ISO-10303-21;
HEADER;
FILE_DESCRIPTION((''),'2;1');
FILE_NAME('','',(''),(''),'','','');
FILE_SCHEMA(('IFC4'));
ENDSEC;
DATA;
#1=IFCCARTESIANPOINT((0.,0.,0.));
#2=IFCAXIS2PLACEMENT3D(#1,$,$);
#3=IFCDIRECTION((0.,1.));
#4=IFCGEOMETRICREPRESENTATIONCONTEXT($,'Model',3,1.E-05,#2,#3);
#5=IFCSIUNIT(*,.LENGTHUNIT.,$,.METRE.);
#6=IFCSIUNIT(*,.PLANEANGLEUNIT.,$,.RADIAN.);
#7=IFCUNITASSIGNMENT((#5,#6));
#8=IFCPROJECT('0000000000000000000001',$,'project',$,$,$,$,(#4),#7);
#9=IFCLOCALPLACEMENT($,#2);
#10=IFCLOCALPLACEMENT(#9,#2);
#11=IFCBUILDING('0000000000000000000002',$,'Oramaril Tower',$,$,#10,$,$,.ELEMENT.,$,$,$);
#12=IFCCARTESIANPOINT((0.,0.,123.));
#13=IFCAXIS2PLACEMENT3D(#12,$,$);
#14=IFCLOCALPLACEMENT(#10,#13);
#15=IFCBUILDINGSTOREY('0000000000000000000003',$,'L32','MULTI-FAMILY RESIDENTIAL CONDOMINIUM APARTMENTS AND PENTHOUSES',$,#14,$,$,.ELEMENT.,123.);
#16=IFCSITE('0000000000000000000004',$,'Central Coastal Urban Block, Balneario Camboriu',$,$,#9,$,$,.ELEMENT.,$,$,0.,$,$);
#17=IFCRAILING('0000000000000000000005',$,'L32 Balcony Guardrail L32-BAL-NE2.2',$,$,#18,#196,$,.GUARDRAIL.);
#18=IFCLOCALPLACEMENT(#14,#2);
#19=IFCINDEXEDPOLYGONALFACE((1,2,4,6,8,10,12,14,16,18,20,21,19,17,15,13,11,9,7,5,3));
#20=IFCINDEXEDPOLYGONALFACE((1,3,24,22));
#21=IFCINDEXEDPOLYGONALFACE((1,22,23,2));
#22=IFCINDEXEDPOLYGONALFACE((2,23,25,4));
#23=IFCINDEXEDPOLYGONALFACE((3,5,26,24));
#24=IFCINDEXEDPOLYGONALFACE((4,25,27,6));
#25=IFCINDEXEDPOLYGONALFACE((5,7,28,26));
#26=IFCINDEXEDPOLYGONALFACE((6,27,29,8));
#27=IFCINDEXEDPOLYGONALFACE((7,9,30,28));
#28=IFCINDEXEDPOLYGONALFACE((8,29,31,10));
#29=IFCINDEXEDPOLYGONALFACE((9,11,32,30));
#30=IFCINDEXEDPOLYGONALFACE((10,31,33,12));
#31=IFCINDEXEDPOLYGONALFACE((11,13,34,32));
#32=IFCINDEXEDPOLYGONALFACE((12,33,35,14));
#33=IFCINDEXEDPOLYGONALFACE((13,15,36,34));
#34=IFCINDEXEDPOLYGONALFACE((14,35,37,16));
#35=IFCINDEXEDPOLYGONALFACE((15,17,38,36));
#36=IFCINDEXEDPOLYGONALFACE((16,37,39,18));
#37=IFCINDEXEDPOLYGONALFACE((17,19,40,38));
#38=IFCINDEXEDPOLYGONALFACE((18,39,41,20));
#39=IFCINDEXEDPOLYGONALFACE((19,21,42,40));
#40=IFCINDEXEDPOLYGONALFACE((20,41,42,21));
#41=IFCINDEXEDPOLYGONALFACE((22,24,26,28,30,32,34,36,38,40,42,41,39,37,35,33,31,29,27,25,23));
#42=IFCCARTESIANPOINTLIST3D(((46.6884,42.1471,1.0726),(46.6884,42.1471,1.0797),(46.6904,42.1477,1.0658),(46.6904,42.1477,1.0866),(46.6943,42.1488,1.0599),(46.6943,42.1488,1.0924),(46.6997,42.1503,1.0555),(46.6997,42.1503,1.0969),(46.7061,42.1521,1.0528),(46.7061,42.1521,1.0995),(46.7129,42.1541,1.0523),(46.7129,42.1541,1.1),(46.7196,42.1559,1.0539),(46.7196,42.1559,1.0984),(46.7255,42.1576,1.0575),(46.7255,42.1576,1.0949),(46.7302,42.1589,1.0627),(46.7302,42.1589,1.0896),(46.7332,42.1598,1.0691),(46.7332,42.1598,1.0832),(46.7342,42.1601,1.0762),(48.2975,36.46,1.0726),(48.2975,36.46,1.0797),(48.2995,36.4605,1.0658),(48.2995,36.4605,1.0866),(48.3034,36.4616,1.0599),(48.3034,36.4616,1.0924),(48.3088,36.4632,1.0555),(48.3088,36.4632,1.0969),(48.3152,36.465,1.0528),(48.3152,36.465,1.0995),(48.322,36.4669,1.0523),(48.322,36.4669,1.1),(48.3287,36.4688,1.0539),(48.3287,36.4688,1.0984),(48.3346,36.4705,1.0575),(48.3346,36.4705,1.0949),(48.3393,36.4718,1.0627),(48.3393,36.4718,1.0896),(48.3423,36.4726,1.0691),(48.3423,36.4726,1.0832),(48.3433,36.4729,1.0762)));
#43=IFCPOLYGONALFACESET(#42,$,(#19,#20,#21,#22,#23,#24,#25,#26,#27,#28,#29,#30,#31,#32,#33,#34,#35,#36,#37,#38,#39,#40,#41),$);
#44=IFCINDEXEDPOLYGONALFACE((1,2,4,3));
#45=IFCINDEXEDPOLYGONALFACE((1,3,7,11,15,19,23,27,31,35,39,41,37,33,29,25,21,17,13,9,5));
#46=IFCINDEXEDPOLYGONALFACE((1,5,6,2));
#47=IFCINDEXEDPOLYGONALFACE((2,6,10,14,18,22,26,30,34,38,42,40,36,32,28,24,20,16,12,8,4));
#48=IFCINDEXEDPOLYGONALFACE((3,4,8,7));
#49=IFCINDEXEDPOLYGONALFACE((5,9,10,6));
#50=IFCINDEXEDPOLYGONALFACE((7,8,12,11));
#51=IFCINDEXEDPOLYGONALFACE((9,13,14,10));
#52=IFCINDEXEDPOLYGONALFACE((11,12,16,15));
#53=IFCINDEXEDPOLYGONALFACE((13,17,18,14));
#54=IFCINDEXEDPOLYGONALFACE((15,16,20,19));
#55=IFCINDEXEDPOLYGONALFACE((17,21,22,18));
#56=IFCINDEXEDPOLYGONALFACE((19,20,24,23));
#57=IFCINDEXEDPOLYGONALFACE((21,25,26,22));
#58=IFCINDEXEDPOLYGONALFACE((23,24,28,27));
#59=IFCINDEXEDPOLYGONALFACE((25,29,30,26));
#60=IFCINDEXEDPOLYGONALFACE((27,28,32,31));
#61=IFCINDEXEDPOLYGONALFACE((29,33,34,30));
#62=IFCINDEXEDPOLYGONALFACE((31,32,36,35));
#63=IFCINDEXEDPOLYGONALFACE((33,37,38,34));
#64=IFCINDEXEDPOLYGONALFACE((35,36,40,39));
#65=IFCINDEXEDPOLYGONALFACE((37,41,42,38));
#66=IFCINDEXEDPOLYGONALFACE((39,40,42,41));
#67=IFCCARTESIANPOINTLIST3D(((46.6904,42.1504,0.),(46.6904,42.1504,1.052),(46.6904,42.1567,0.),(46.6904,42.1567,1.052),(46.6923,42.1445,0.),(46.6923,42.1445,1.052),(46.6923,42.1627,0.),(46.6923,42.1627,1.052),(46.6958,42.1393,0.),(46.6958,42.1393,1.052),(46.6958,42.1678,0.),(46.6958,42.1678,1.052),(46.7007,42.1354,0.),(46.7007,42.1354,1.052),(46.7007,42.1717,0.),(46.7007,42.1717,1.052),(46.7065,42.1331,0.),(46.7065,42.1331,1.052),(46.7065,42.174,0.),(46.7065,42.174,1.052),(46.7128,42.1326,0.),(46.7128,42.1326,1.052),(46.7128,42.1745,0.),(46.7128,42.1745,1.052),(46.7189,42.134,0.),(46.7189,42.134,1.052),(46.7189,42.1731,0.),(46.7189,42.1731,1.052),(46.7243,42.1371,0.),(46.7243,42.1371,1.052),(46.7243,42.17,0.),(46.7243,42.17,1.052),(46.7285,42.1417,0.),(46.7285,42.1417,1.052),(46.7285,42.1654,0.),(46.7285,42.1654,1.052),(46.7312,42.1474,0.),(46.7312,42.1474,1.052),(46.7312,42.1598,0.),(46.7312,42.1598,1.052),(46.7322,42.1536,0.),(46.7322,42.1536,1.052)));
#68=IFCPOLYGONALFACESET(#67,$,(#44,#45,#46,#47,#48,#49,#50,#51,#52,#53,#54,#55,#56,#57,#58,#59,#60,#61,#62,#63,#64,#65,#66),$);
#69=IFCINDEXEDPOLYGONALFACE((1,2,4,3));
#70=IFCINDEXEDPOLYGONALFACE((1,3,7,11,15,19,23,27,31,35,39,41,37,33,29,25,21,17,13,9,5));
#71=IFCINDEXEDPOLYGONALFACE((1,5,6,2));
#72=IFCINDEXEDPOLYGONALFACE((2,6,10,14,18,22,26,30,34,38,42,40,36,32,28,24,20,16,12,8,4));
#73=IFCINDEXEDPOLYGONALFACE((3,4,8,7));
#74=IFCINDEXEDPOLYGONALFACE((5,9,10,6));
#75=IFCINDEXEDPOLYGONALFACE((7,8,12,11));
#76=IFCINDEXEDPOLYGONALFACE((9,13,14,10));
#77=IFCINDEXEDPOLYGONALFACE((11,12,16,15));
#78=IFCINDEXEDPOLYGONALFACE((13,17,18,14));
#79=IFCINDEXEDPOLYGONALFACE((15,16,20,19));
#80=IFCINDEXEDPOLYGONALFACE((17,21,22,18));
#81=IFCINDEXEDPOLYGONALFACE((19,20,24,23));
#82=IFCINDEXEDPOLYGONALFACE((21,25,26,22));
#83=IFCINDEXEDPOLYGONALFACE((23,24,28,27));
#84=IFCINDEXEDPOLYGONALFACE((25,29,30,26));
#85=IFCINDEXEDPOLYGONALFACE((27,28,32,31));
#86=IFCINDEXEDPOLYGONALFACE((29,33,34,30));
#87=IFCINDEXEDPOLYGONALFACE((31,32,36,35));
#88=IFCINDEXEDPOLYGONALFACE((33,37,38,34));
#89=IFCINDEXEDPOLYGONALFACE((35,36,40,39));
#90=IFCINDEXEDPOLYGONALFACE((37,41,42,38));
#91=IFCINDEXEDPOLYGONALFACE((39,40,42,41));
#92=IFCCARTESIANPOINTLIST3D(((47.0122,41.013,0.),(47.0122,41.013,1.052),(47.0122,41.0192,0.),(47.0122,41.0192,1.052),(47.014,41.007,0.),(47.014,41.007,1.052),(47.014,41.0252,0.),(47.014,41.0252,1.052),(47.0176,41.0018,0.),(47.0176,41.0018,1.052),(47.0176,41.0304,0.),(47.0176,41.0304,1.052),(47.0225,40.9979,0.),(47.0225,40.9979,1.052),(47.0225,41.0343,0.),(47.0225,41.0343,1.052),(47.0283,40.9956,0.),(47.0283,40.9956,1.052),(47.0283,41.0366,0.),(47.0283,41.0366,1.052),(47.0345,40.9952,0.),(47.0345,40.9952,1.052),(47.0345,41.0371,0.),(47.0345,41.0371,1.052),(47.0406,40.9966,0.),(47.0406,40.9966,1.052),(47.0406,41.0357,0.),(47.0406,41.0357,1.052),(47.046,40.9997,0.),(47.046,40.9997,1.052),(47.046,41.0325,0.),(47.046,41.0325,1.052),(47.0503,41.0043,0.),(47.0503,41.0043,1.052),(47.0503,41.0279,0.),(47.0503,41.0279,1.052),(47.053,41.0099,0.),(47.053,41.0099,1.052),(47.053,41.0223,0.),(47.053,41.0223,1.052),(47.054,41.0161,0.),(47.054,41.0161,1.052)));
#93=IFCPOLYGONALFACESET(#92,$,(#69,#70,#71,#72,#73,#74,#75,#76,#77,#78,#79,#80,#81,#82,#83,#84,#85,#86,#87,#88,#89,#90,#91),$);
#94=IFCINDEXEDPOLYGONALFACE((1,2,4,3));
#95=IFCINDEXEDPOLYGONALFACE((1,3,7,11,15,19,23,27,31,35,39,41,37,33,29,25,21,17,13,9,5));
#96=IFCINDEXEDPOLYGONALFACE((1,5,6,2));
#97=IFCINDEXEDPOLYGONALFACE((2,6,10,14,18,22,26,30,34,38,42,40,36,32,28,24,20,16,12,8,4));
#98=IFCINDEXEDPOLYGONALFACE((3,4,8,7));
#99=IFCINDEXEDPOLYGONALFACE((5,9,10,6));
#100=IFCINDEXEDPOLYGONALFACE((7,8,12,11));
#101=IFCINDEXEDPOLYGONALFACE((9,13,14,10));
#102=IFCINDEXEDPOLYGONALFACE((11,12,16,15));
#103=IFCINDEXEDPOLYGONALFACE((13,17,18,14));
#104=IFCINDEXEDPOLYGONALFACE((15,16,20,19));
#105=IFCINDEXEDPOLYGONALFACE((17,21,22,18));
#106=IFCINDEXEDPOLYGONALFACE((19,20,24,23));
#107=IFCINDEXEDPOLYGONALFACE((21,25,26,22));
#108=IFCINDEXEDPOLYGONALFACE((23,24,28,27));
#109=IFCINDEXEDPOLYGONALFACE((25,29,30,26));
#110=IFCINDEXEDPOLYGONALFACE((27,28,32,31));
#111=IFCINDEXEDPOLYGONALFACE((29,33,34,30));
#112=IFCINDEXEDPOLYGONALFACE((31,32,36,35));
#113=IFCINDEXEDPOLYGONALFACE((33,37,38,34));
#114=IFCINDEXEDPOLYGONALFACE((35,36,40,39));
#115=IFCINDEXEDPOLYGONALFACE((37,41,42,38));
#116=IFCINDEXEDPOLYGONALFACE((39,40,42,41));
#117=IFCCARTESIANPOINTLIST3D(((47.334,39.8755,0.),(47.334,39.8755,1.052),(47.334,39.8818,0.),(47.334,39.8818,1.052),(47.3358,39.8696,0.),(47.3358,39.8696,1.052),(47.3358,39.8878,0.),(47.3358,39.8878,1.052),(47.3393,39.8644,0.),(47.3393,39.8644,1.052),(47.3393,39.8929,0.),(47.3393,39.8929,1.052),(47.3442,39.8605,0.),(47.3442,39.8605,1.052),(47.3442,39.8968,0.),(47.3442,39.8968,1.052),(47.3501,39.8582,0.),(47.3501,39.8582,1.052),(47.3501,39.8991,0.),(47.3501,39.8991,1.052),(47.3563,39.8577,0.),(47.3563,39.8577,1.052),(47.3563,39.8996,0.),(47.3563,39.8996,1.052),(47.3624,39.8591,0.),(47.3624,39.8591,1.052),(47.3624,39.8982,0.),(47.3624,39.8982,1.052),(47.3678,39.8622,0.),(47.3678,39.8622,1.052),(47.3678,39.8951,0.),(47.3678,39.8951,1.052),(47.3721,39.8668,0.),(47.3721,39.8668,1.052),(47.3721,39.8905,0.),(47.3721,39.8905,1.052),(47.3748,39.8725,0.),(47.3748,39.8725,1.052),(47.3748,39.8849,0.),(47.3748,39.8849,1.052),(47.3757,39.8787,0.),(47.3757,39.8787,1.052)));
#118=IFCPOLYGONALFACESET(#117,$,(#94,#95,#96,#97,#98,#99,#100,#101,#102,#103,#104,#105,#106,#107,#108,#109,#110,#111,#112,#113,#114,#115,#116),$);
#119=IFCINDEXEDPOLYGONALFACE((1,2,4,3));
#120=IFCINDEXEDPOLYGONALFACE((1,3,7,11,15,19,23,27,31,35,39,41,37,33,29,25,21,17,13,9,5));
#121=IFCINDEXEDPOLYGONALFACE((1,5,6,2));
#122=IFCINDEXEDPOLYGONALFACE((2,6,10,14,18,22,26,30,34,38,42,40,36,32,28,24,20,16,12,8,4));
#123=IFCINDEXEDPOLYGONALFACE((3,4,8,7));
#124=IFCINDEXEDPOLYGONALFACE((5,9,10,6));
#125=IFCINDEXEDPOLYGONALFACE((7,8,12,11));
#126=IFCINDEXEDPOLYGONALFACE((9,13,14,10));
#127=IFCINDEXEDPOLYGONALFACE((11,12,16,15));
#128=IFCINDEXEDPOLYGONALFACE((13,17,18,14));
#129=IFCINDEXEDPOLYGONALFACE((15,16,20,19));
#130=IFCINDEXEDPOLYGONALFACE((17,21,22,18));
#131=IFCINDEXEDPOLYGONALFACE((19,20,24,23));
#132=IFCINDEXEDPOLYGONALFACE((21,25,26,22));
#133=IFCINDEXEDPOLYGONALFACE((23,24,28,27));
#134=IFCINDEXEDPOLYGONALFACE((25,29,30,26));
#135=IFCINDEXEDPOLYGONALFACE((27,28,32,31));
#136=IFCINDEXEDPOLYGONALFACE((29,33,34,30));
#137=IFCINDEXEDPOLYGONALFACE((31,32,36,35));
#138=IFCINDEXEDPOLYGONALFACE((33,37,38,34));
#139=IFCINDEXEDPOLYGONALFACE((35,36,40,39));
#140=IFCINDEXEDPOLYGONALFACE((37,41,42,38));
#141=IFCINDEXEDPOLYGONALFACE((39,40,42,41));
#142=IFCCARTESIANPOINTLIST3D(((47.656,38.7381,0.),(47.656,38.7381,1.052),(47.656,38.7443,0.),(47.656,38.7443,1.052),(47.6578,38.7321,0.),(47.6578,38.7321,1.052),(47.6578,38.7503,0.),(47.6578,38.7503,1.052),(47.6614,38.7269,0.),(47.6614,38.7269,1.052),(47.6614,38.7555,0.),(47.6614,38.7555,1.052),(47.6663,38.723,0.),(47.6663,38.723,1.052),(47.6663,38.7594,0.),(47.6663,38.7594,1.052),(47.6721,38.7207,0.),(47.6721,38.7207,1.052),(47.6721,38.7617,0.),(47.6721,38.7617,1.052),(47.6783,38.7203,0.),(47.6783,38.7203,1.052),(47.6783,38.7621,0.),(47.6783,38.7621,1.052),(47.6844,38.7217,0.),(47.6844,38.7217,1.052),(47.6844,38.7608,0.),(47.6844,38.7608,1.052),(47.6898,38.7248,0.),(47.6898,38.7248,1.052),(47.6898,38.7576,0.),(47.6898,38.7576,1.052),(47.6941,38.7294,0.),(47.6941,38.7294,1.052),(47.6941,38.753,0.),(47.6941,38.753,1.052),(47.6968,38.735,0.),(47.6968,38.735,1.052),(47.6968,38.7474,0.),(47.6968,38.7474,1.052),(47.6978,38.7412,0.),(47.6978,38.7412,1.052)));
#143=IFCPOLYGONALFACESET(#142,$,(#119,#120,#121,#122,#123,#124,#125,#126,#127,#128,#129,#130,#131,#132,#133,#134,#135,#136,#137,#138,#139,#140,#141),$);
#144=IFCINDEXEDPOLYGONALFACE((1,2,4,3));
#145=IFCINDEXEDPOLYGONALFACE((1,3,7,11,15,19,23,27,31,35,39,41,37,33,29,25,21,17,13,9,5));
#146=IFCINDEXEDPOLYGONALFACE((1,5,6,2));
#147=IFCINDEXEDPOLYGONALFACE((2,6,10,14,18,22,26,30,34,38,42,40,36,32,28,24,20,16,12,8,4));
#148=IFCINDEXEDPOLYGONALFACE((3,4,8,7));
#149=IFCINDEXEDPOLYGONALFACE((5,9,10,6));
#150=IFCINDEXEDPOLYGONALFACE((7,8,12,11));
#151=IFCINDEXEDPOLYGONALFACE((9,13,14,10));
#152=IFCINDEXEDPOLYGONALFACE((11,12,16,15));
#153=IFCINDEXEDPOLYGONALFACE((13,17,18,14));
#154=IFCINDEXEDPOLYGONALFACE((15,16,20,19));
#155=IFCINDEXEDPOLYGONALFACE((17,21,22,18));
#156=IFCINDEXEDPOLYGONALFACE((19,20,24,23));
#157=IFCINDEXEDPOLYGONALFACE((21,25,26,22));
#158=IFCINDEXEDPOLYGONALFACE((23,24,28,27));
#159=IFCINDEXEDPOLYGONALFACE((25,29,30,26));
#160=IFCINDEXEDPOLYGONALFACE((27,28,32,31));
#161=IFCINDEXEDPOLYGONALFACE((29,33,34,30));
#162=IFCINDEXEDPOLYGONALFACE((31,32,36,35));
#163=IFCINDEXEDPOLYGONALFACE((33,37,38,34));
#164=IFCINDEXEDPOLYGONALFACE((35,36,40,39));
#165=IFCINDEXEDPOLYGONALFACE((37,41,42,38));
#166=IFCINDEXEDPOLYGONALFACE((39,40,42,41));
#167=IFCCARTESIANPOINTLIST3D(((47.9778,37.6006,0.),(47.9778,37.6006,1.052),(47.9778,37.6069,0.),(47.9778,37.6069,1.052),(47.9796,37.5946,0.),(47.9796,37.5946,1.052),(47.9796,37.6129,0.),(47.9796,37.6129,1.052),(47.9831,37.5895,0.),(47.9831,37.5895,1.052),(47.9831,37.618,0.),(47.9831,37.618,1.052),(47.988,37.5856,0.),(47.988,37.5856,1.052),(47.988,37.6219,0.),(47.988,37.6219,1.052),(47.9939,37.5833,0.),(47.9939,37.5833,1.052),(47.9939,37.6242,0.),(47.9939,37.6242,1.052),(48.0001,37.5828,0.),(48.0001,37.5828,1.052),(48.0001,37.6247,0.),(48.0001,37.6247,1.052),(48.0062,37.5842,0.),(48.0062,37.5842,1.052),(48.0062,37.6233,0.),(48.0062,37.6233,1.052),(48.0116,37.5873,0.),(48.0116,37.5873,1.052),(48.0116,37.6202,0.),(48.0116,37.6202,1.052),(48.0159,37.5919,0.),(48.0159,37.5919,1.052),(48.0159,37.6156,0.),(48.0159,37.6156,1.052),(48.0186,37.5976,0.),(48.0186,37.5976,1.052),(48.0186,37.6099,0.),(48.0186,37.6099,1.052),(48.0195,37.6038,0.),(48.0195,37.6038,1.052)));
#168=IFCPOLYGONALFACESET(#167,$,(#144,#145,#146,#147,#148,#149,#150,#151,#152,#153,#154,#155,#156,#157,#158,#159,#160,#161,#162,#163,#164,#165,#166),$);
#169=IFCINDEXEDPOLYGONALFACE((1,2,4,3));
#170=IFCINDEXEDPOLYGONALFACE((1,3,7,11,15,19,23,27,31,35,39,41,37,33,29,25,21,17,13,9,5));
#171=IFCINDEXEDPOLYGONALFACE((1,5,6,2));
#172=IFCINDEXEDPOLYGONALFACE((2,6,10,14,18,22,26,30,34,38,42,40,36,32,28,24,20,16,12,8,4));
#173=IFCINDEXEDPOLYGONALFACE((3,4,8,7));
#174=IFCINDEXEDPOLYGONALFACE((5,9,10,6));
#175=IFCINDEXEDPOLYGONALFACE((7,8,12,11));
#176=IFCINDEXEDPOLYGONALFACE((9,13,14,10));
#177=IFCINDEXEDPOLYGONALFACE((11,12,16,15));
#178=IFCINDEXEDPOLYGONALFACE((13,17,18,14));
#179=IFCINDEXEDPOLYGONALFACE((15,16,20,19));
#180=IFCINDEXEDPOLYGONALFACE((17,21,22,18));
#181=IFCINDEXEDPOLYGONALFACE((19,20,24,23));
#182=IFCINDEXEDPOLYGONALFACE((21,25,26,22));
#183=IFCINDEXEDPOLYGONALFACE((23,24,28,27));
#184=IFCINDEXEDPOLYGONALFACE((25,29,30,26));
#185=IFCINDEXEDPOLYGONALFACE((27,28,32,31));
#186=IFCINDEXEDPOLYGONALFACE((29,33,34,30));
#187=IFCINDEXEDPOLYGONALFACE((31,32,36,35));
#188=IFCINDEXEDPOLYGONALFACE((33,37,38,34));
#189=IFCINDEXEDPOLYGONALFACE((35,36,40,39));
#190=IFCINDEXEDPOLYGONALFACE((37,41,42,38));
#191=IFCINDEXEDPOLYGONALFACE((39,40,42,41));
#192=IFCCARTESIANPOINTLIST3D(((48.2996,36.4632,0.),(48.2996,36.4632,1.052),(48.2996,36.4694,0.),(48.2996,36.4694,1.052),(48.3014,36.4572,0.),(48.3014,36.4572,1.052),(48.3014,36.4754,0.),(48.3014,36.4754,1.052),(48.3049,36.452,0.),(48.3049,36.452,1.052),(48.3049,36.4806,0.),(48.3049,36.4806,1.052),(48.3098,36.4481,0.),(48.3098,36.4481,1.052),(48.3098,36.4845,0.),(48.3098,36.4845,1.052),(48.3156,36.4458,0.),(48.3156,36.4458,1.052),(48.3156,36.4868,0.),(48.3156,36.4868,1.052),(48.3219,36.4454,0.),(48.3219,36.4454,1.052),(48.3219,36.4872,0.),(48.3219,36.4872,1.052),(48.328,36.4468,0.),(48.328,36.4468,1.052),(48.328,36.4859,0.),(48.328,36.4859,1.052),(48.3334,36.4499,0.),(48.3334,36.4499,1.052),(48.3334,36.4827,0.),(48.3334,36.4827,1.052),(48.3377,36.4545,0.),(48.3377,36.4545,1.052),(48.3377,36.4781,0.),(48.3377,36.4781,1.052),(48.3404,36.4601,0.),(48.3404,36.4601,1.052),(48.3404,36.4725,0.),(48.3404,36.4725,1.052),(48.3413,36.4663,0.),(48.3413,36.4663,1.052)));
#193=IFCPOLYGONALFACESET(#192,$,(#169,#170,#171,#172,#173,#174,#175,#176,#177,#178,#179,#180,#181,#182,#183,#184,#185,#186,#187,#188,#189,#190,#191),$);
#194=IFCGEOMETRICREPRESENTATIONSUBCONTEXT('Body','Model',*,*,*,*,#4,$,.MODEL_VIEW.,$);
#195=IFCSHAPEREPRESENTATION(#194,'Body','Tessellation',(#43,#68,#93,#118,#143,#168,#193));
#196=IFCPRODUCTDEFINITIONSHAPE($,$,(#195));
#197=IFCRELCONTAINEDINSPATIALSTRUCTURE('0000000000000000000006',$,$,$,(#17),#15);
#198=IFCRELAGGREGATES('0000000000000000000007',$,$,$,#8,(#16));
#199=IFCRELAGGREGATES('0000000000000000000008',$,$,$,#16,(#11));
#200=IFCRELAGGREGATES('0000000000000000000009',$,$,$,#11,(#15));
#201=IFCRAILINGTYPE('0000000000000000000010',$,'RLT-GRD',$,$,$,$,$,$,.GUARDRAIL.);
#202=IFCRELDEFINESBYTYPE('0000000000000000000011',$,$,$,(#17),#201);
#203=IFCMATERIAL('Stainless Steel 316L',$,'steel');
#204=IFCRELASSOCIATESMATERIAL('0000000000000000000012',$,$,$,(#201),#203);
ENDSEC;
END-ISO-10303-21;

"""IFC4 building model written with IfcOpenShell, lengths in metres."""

from ifc_helpers import new_model, si_unit, direction, frame, origin, origin_2d, place, context, subcontext, project, spatial, circle, extrude, material, type_object, element, save


model = new_model("IFC4")

# Units and contexts
model_context = context("Model", 3, precision=1e-05, world=origin(), true_north=direction((0.0, 1.0)))
body_context = subcontext(model_context, "Body", "Model", "MODEL_VIEW")
ifc_project = project(units=[si_unit("LENGTHUNIT", "METRE"), si_unit("PLANEANGLEUNIT", "RADIAN")], contexts=[model_context])

# Site, building, storey
site_placement = place(None, origin())
site = spatial("IfcSite", under=ifc_project, at=site_placement, Name="Central Coastal Urban Block, Balneario Camboriu", CompositionType="ELEMENT", RefElevation=0.0)
building_placement = place(site_placement, origin())
building = spatial("IfcBuilding", under=site, at=building_placement, Name="Oramaril Tower", CompositionType="ELEMENT")
storey_placement = place(building_placement, frame((0.0, 0.0, 123.0)))
storey = spatial("IfcBuildingStorey", under=building, at=storey_placement, Name="L32", Description="MULTI-FAMILY RESIDENTIAL CONDOMINIUM APARTMENTS AND PENTHOUSES", CompositionType="ELEMENT", Elevation=123.0)

# Railing
ifc_material_1 = material(Name="Stainless Steel 316L", Category="steel")
railing_type = type_object("IfcRailingType", Name="RLT-GRD", PredefinedType="GUARDRAIL", material=ifc_material_1)
railing_1_placement = place(storey_placement, frame((46.7112, 42.1536, 0.0)))
element("IfcRailing", 1, at=railing_1_placement, inside=storey, type_object=railing_type, Name="L32 Balcony Guardrail L32-BAL-NE2.2", PredefinedType="GUARDRAIL", context=body_context, shape_type="SweptSolid", body=[
    extrude(circle(Radius=0.0239, at=origin_2d()), frame((0.0, 0.0, 1.0762), z_axis=(0.272249, -0.962227, 0.0), x_axis=(0.962227, 0.272249, 0.0)), (0.0, 0.0, 1.0), 5.9104),
    extrude(circle(Radius=0.021, at=origin_2d()), origin(), (0.0, 0.0, 1.0), 1.052),
    extrude(circle(Radius=0.021, at=origin_2d()), frame((0.3218, -1.1375, 0.0)), (0.0, 0.0, 1.0), 1.052),
    extrude(circle(Radius=0.021, at=origin_2d()), frame((0.6436, -2.2749, 0.0)), (0.0, 0.0, 1.0), 1.052),
    extrude(circle(Radius=0.021, at=origin_2d()), frame((0.9656, -3.4124, 0.0)), (0.0, 0.0, 1.0), 1.052),
    extrude(circle(Radius=0.021, at=origin_2d()), frame((1.2874, -4.5498, 0.0)), (0.0, 0.0, 1.0), 1.052),
    extrude(circle(Radius=0.021, at=origin_2d()), frame((1.6091, -5.6873, 0.0)), (0.0, 0.0, 1.0), 1.052),
])

save(model, "model.ifc")
